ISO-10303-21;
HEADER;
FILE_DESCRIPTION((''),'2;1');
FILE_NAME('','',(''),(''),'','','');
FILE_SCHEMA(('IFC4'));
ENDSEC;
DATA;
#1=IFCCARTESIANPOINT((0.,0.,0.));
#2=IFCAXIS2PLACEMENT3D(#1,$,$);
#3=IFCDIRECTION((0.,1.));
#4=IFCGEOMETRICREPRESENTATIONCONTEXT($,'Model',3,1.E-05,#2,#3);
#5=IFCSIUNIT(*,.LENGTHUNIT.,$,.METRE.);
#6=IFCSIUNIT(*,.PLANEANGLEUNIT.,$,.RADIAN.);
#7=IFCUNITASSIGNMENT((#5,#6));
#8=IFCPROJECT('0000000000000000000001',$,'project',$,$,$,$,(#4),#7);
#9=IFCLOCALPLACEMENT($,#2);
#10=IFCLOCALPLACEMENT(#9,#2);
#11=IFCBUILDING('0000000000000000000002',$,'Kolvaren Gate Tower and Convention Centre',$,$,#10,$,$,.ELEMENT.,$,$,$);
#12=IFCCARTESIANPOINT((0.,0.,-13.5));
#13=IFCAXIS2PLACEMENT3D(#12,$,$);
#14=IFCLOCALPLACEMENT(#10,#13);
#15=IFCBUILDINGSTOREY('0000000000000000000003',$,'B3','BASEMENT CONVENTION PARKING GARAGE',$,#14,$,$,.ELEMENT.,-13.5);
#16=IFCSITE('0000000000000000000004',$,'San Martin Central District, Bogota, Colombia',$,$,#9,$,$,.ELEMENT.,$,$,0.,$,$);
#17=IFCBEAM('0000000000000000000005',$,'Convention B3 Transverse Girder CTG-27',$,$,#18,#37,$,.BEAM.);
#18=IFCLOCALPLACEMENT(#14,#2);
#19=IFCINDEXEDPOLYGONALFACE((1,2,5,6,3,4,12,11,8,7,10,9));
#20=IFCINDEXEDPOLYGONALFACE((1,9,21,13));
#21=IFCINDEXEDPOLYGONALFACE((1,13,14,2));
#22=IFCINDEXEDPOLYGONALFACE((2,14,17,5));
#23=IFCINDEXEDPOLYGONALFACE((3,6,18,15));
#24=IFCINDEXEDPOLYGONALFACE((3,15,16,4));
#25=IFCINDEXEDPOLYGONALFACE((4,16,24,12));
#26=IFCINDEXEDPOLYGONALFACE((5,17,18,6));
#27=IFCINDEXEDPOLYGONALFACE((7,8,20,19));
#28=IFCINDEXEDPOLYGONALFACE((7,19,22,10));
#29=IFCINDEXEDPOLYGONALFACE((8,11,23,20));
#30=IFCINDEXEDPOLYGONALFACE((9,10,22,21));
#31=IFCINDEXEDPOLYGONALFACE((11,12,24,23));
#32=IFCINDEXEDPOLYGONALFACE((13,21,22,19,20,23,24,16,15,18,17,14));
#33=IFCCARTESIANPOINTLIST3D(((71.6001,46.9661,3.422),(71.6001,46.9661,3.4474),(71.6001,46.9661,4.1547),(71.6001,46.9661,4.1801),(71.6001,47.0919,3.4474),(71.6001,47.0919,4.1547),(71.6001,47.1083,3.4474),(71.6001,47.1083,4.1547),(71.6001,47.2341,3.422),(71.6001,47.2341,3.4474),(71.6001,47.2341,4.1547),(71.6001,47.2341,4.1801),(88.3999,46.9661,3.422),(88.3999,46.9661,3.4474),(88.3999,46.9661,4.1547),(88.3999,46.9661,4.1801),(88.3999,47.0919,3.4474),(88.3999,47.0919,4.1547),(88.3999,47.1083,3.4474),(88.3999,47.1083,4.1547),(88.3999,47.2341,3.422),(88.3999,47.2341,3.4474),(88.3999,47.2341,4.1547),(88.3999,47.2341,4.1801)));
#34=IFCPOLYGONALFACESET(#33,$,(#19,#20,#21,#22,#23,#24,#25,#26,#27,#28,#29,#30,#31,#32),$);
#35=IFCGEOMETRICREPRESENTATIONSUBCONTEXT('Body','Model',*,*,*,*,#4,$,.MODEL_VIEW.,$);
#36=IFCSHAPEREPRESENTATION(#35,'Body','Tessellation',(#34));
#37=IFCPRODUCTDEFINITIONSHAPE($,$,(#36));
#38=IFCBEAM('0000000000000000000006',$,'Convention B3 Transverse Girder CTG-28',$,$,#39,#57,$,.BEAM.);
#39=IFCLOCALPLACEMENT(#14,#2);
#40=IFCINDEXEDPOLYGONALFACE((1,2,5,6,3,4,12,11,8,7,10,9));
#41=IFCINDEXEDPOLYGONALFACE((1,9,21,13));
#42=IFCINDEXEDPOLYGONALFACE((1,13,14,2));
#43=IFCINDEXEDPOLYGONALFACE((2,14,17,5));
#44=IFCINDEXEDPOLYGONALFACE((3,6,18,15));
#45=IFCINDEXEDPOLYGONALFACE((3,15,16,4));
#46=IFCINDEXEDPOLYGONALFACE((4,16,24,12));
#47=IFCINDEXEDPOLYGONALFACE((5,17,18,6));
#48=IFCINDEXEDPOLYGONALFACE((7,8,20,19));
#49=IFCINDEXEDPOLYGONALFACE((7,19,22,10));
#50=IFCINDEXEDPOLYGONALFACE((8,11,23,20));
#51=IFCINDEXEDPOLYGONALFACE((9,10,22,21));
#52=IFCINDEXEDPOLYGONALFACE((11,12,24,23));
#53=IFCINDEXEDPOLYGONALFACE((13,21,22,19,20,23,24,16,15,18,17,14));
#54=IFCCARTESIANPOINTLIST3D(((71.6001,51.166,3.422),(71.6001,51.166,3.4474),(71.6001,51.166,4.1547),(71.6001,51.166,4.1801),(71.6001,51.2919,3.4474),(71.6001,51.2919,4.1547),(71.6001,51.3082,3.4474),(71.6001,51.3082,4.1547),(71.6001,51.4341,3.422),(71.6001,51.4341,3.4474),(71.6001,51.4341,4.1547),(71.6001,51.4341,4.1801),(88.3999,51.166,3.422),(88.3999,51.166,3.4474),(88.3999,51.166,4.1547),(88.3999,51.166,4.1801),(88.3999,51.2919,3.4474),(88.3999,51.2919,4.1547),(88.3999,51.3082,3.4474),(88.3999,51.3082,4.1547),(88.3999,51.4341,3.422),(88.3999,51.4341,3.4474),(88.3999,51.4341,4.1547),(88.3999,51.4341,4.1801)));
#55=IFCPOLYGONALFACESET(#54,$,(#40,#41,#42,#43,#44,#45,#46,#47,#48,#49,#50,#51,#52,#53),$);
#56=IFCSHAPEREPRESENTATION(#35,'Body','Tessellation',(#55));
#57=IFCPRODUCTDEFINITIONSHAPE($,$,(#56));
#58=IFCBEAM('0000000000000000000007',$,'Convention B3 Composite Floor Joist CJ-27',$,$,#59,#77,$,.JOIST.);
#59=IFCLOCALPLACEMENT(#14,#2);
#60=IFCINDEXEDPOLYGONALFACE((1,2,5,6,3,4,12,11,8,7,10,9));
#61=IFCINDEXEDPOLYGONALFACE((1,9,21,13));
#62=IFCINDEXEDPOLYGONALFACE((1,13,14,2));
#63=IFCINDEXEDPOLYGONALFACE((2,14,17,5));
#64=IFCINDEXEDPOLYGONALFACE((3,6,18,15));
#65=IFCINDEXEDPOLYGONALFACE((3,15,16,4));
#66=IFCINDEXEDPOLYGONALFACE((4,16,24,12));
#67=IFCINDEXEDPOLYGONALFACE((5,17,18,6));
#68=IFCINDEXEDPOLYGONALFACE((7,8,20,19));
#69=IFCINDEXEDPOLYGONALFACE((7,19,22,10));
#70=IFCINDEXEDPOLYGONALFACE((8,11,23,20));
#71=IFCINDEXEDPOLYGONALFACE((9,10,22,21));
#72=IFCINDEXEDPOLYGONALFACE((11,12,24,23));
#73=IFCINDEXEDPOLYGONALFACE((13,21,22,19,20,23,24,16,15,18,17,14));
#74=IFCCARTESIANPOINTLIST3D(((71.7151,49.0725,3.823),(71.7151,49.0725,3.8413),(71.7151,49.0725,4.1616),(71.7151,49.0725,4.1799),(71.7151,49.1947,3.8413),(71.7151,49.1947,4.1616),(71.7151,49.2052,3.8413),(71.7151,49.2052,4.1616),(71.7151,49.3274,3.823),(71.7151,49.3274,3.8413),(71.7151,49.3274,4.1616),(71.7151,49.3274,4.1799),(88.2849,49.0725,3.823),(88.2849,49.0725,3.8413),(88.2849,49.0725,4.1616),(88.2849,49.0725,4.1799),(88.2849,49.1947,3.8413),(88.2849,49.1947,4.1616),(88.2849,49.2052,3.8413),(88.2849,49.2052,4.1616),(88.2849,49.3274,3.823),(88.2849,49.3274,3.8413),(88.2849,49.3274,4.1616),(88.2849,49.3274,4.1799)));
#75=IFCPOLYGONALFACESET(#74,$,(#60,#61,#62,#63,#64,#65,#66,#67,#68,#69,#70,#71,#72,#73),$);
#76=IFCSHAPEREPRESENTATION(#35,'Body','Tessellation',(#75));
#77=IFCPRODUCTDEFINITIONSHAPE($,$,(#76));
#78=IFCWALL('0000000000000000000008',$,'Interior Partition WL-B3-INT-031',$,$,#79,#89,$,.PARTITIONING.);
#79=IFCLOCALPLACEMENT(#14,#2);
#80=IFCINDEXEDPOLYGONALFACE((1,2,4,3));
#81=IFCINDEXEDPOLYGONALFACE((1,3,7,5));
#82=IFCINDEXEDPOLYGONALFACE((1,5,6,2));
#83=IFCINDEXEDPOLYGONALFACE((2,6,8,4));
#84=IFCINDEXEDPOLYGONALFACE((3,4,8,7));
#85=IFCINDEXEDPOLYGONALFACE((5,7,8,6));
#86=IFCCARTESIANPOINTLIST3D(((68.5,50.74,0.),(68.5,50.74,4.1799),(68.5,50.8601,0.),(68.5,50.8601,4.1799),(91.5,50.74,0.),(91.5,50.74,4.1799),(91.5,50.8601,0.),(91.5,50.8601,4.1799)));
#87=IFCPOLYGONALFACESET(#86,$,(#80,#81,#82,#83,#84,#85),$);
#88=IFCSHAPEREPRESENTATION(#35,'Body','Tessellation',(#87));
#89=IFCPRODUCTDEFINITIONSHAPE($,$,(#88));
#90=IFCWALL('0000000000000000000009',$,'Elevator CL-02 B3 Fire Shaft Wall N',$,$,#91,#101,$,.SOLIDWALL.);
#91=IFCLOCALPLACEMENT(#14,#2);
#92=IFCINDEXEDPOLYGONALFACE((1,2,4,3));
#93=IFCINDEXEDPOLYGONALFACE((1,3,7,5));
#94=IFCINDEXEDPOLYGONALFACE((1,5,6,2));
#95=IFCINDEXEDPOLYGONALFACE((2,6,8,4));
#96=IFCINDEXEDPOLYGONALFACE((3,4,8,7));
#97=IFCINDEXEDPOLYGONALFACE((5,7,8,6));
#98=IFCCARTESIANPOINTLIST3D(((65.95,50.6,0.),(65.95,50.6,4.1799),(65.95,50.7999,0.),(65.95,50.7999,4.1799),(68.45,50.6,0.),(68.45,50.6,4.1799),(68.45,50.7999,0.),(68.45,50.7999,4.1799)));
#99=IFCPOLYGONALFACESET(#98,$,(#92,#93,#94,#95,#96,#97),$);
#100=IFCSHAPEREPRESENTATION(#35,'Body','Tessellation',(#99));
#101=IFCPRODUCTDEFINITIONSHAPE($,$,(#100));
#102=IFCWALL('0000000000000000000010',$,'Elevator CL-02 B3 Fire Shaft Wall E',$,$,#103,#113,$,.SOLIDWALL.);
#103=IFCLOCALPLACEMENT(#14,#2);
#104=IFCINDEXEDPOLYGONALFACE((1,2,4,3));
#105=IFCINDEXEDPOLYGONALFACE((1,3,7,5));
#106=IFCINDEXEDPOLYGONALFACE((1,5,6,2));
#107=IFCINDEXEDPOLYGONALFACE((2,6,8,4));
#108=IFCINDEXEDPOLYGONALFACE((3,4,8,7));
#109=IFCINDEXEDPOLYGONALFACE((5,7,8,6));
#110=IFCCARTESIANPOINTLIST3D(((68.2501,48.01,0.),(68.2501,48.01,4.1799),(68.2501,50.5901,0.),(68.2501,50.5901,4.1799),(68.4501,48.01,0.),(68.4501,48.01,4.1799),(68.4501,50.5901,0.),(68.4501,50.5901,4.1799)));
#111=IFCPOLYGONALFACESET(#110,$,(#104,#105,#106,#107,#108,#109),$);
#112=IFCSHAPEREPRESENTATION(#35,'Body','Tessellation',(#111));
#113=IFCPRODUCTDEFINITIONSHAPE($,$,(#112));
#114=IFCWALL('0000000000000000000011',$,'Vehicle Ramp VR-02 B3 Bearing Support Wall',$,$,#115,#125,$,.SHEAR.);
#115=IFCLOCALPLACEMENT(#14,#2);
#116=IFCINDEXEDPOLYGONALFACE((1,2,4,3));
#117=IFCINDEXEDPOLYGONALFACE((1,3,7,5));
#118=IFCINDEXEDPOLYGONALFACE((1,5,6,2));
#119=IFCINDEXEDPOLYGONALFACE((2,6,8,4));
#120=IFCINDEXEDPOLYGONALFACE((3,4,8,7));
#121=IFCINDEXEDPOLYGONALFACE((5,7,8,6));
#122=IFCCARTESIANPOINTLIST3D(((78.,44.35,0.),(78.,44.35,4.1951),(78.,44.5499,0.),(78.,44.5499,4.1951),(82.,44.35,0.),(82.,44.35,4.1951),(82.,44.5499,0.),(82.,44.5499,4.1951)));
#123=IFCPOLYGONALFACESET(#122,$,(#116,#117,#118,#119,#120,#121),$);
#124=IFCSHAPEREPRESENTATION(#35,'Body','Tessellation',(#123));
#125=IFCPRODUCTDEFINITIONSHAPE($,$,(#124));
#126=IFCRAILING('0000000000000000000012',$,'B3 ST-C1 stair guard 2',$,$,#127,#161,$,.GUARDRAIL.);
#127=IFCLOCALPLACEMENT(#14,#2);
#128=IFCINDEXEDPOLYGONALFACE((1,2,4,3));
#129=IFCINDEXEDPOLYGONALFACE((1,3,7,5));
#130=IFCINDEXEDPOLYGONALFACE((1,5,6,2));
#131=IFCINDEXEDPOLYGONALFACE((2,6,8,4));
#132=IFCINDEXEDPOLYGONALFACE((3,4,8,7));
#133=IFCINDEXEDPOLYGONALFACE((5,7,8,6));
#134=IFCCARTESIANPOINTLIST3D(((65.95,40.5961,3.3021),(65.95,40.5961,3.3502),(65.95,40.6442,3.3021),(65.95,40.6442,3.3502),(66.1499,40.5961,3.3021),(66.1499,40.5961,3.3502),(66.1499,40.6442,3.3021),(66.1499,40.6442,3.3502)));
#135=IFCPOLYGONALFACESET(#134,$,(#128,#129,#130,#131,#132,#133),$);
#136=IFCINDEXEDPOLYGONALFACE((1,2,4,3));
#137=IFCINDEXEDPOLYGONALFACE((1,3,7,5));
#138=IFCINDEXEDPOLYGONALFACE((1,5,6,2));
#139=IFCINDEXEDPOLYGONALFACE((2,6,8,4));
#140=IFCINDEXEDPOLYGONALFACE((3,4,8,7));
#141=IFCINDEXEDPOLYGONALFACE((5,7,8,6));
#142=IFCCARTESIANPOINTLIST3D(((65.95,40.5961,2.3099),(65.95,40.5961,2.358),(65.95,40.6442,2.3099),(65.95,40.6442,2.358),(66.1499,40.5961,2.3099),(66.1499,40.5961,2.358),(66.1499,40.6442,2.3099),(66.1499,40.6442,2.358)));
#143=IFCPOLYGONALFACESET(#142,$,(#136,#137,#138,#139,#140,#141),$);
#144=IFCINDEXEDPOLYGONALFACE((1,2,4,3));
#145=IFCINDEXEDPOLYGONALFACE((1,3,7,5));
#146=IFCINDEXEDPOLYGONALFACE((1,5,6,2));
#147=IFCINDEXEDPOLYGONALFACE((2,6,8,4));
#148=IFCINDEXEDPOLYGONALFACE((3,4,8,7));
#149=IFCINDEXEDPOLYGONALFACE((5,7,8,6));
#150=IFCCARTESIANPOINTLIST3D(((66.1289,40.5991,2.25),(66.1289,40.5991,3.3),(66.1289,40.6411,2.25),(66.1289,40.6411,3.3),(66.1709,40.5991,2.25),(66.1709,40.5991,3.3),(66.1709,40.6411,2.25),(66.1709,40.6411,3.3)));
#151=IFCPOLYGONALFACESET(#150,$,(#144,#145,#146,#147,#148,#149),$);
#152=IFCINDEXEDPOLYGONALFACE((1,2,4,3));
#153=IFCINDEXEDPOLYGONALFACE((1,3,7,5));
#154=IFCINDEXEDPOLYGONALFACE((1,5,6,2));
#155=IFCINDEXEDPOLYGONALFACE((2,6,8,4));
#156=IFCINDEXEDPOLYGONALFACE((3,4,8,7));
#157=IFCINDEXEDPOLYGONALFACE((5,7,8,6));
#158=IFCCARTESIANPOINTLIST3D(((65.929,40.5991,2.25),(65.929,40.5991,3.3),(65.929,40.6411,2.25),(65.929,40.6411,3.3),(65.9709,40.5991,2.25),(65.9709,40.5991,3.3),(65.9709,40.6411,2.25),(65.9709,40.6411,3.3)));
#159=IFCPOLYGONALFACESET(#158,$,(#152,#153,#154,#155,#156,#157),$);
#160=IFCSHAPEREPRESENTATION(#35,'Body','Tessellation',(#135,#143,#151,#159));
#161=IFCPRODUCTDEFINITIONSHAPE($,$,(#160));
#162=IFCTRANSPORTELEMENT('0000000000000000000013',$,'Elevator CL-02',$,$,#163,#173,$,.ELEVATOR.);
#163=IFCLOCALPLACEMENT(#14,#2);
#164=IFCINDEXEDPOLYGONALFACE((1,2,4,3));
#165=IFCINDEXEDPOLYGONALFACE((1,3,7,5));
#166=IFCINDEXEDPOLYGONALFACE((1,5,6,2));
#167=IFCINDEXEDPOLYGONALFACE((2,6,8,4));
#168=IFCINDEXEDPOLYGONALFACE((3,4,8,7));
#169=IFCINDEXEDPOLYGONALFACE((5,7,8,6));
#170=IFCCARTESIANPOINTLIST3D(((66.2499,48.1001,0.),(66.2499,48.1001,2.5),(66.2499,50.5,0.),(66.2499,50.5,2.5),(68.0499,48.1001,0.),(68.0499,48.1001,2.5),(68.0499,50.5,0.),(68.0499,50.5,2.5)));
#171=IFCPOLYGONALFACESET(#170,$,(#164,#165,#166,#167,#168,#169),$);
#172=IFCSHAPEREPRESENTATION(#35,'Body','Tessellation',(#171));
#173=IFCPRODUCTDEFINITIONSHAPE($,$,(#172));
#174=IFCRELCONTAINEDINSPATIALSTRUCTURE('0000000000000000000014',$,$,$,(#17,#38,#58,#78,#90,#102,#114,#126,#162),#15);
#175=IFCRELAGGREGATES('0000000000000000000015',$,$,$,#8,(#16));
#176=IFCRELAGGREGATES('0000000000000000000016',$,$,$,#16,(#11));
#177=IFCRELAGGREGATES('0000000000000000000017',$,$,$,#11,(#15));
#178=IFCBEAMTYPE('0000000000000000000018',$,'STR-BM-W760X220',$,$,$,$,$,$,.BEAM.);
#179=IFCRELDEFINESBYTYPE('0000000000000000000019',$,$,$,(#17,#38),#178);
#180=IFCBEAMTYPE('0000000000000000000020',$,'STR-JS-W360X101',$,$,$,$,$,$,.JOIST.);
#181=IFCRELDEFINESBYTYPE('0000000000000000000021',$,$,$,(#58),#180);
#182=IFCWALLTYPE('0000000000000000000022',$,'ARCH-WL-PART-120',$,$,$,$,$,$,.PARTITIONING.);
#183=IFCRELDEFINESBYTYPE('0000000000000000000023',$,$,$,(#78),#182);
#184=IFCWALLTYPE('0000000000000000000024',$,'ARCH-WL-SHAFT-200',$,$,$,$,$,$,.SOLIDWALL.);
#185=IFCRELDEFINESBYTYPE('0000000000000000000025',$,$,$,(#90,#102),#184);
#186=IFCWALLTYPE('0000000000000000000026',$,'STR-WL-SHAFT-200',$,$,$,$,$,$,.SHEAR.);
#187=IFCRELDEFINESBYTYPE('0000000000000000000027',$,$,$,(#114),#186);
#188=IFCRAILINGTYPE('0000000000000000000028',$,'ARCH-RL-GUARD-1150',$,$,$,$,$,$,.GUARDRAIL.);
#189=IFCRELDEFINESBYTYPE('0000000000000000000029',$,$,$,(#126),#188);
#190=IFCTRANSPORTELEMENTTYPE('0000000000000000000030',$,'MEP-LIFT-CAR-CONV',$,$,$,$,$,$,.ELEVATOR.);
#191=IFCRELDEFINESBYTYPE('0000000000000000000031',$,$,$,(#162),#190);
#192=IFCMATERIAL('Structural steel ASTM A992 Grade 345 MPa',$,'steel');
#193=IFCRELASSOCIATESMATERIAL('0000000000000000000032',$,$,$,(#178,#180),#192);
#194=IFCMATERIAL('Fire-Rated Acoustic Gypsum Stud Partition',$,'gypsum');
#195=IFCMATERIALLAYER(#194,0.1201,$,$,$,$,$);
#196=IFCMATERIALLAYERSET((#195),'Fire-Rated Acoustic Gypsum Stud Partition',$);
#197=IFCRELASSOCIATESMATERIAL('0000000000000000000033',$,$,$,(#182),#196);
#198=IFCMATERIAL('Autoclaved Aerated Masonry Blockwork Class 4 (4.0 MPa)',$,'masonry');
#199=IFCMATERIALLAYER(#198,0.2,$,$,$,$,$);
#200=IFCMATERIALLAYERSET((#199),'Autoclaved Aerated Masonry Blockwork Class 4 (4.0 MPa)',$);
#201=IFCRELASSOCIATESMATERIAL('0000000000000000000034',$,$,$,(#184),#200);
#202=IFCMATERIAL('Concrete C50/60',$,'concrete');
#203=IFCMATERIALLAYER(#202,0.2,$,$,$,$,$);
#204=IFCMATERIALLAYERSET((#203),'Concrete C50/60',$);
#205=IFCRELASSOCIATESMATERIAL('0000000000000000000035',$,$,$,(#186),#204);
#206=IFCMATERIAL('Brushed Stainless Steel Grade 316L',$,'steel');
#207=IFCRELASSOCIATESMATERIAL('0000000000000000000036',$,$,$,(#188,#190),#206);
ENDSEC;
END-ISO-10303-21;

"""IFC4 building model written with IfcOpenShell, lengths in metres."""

from ifc_helpers import new_model, si_unit, direction, frame, frame_2d, origin, origin_2d, place, context, subcontext, project, spatial, rectangle, i_section, extrude, material, layer, layer_set, material_profile, profile_set, type_object, element, save


model = new_model("IFC4")

# Units and contexts
model_context = context("Model", 3, precision=1e-05, world=origin(), true_north=direction((0.0, 1.0)))
body_context = subcontext(model_context, "Body", "Model", "MODEL_VIEW")
ifc_project = project(units=[si_unit("LENGTHUNIT", "METRE"), si_unit("PLANEANGLEUNIT", "RADIAN")], contexts=[model_context])

# Site, building, storey
site_placement = place(None, origin())
site = spatial("IfcSite", under=ifc_project, at=site_placement, Name="San Martin Central District, Bogota, Colombia", CompositionType="ELEMENT", RefElevation=0.0)
building_placement = place(site_placement, origin())
building = spatial("IfcBuilding", under=site, at=building_placement, Name="Kolvaren Gate Tower and Convention Centre", CompositionType="ELEMENT")
storey_placement = place(building_placement, frame((0.0, 0.0, -13.5)))
storey = spatial("IfcBuildingStorey", under=building, at=storey_placement, Name="B3", Description="BASEMENT CONVENTION PARKING GARAGE", CompositionType="ELEMENT", Elevation=-13.5)

# Shared definitions
ifc_material_1 = material(Name="Concrete C50/60", Category="concrete")

# Beams
ifc_material_2 = material(Name="Structural steel ASTM A992 Grade 345 MPa", Category="steel")
ifc_material_profile_1 = material_profile(ifc_material_2, i_section(OverallWidth=0.2681, OverallDepth=0.7581, WebThickness=0.0164, FlangeThickness=0.0254, at=origin_2d()), Name="W760X220")
ifc_profile_set_1 = profile_set([ifc_material_profile_1], Name="Structural steel ASTM A992 Grade 345 MPa")
beam_type_1 = type_object("IfcBeamType", Name="STR-BM-W760X220", PredefinedType="BEAM", material=ifc_profile_set_1)
for number, where, z_axis, x_axis, name in (
    (1, (71.6001, 47.1001, 3.801), (1.0, 0.0, 0.0), (0.0, 1.0, 0.0), "Convention B3 Transverse Girder CTG-27"),
    (2, (71.6001, 51.3, 3.801), (1.0, 0.0, 0.0), (0.0, 1.0, 0.0), "Convention B3 Transverse Girder CTG-28"),
):
    element("IfcBeam", number, at=place(storey_placement, frame(where, z_axis=z_axis, x_axis=x_axis)), inside=storey, type_object=beam_type_1, Name=name, PredefinedType="BEAM", context=body_context, shape_type="SweptSolid", body=[
        extrude(i_section(OverallWidth=0.2681, OverallDepth=0.7581, WebThickness=0.0164, FlangeThickness=0.0254, at=origin_2d()), origin(), (0.0, 0.0, 1.0), 16.7998),
    ])
ifc_material_profile_2 = material_profile(ifc_material_2, i_section(OverallWidth=0.2549, OverallDepth=0.3569, WebThickness=0.0105, FlangeThickness=0.0183, at=origin_2d()), Name="W360X101")
ifc_profile_set_2 = profile_set([ifc_material_profile_2], Name="Structural steel ASTM A992 Grade 345 MPa")
beam_type_2 = type_object("IfcBeamType", Name="STR-JS-W360X101", PredefinedType="JOIST", material=ifc_profile_set_2)
beam_1_placement = place(storey_placement, frame((71.7151, 49.2, 4.0015), z_axis=(1.0, 0.0, 0.0), x_axis=(0.0, 1.0, 0.0)))
element("IfcBeam", 3, at=beam_1_placement, inside=storey, type_object=beam_type_2, Name="Convention B3 Composite Floor Joist CJ-27", PredefinedType="JOIST", context=body_context, shape_type="SweptSolid", body=[
    extrude(i_section(OverallWidth=0.2549, OverallDepth=0.3569, WebThickness=0.0105, FlangeThickness=0.0183, at=origin_2d()), origin(), (0.0, 0.0, 1.0), 16.5698),
])

# Walls
ifc_material_3 = material(Name="Fire-Rated Acoustic Gypsum Stud Partition", Category="gypsum")
ifc_layer_1 = layer(ifc_material_3, 0.1201)
ifc_layer_set_1 = layer_set([ifc_layer_1], Name="Fire-Rated Acoustic Gypsum Stud Partition")
wall_type_1 = type_object("IfcWallType", Name="ARCH-WL-PART-120", PredefinedType="PARTITIONING", material=ifc_layer_set_1)
wall_1_placement = place(storey_placement, frame((68.5, 50.8, 0.0), z_axis=(0.0, 0.0, 1.0), x_axis=(1.0, 0.0, 0.0)))
element("IfcWall", 4, at=wall_1_placement, inside=storey, type_object=wall_type_1, Name="Interior Partition WL-B3-INT-031", PredefinedType="PARTITIONING", context=body_context, shape_type="SweptSolid", body=[
    extrude(rectangle(XDim=23.0, YDim=0.1201, at=frame_2d((11.5, 0.0))), origin(), (0.0, 0.0, 1.0), 4.1799),
])
ifc_material_4 = material(Name="Autoclaved Aerated Masonry Blockwork Class 4 (4.0 MPa)", Category="masonry")
ifc_layer_2 = layer(ifc_material_4, 0.2)
ifc_layer_set_2 = layer_set([ifc_layer_2], Name="Autoclaved Aerated Masonry Blockwork Class 4 (4.0 MPa)")
wall_type_2 = type_object("IfcWallType", Name="ARCH-WL-SHAFT-200", PredefinedType="SOLIDWALL", material=ifc_layer_set_2)
wall_2_placement = place(storey_placement, frame((65.95, 50.7, 0.0), z_axis=(0.0, 0.0, 1.0), x_axis=(1.0, 0.0, 0.0)))
element("IfcWall", 5, at=wall_2_placement, inside=storey, type_object=wall_type_2, Name="Elevator CL-02 B3 Fire Shaft Wall N", PredefinedType="SOLIDWALL", context=body_context, shape_type="SweptSolid", body=[
    extrude(rectangle(XDim=2.5, YDim=0.2, at=frame_2d((1.25, 0.0))), origin(), (0.0, 0.0, 1.0), 4.1799),
])
wall_3_placement = place(storey_placement, frame((68.3501, 48.01, 0.0), z_axis=(0.0, 0.0, 1.0), x_axis=(0.0, 1.0, 0.0)))
element("IfcWall", 6, at=wall_3_placement, inside=storey, type_object=wall_type_2, Name="Elevator CL-02 B3 Fire Shaft Wall E", PredefinedType="SOLIDWALL", context=body_context, shape_type="SweptSolid", body=[
    extrude(rectangle(XDim=2.5801, YDim=0.2, at=frame_2d((1.29, 0.0))), origin(), (0.0, 0.0, 1.0), 4.1799),
])
ifc_layer_3 = layer(ifc_material_1, 0.2)
ifc_layer_set_3 = layer_set([ifc_layer_3], Name="Concrete C50/60")
wall_type_3 = type_object("IfcWallType", Name="STR-WL-SHAFT-200", PredefinedType="SHEAR", material=ifc_layer_set_3)
wall_4_placement = place(storey_placement, frame((78.0, 44.45, 0.0), z_axis=(0.0, 0.0, 1.0), x_axis=(1.0, 0.0, 0.0)))
element("IfcWall", 7, at=wall_4_placement, inside=storey, type_object=wall_type_3, Name="Vehicle Ramp VR-02 B3 Bearing Support Wall", PredefinedType="SHEAR", context=body_context, shape_type="SweptSolid", body=[
    extrude(rectangle(XDim=4.0, YDim=0.2, at=frame_2d((2.0, 0.0))), origin(), (0.0, 0.0, 1.0), 4.1951),
])

# Railing
ifc_material_5 = material(Name="Brushed Stainless Steel Grade 316L", Category="steel")
railing_type = type_object("IfcRailingType", Name="ARCH-RL-GUARD-1150", PredefinedType="GUARDRAIL", material=ifc_material_5)
railing_placement = place(storey_placement, frame((66.1499, 40.6201, 2.25)))
element("IfcRailing", 8, at=railing_placement, inside=storey, type_object=railing_type, Name="B3 ST-C1 stair guard 2", PredefinedType="GUARDRAIL", context=body_context, shape_type="SweptSolid", body=[
    extrude(rectangle(XDim=0.0481, YDim=0.0481, at=origin_2d()), frame((0.0, 0.0, 1.0762), z_axis=(-1.0, 0.0, 0.0), x_axis=(0.0, -1.0, 0.0)), (0.0, 0.0, 1.0), 0.2),
    extrude(rectangle(XDim=0.0481, YDim=0.0481, at=origin_2d()), frame((0.0, 0.0, 0.084), z_axis=(-1.0, 0.0, 0.0), x_axis=(0.0, -1.0, 0.0)), (0.0, 0.0, 1.0), 0.2),
    extrude(rectangle(XDim=0.042, YDim=0.042, at=origin_2d()), origin(), (0.0, 0.0, 1.0), 1.05),
    extrude(rectangle(XDim=0.042, YDim=0.042, at=origin_2d()), frame((-0.2, 0.0, 0.0)), (0.0, 0.0, 1.0), 1.05),
])

# Transport element
transport_element_type = type_object("IfcTransportElementType", Name="MEP-LIFT-CAR-CONV", PredefinedType="ELEVATOR", material=ifc_material_5)
transport_element_placement = place(storey_placement, frame((67.1499, 49.3, 0.0), z_axis=(0.0, 0.0, 1.0), x_axis=(1.0, 0.0, 0.0)))
element("IfcTransportElement", 9, at=transport_element_placement, inside=storey, type_object=transport_element_type, Name="Elevator CL-02", PredefinedType="ELEVATOR", context=body_context, shape_type="SweptSolid", body=[
    extrude(rectangle(XDim=1.8, YDim=2.3999, at=origin_2d()), origin(), (0.0, 0.0, 1.0), 2.5),
])

save(model, "model.ifc")
